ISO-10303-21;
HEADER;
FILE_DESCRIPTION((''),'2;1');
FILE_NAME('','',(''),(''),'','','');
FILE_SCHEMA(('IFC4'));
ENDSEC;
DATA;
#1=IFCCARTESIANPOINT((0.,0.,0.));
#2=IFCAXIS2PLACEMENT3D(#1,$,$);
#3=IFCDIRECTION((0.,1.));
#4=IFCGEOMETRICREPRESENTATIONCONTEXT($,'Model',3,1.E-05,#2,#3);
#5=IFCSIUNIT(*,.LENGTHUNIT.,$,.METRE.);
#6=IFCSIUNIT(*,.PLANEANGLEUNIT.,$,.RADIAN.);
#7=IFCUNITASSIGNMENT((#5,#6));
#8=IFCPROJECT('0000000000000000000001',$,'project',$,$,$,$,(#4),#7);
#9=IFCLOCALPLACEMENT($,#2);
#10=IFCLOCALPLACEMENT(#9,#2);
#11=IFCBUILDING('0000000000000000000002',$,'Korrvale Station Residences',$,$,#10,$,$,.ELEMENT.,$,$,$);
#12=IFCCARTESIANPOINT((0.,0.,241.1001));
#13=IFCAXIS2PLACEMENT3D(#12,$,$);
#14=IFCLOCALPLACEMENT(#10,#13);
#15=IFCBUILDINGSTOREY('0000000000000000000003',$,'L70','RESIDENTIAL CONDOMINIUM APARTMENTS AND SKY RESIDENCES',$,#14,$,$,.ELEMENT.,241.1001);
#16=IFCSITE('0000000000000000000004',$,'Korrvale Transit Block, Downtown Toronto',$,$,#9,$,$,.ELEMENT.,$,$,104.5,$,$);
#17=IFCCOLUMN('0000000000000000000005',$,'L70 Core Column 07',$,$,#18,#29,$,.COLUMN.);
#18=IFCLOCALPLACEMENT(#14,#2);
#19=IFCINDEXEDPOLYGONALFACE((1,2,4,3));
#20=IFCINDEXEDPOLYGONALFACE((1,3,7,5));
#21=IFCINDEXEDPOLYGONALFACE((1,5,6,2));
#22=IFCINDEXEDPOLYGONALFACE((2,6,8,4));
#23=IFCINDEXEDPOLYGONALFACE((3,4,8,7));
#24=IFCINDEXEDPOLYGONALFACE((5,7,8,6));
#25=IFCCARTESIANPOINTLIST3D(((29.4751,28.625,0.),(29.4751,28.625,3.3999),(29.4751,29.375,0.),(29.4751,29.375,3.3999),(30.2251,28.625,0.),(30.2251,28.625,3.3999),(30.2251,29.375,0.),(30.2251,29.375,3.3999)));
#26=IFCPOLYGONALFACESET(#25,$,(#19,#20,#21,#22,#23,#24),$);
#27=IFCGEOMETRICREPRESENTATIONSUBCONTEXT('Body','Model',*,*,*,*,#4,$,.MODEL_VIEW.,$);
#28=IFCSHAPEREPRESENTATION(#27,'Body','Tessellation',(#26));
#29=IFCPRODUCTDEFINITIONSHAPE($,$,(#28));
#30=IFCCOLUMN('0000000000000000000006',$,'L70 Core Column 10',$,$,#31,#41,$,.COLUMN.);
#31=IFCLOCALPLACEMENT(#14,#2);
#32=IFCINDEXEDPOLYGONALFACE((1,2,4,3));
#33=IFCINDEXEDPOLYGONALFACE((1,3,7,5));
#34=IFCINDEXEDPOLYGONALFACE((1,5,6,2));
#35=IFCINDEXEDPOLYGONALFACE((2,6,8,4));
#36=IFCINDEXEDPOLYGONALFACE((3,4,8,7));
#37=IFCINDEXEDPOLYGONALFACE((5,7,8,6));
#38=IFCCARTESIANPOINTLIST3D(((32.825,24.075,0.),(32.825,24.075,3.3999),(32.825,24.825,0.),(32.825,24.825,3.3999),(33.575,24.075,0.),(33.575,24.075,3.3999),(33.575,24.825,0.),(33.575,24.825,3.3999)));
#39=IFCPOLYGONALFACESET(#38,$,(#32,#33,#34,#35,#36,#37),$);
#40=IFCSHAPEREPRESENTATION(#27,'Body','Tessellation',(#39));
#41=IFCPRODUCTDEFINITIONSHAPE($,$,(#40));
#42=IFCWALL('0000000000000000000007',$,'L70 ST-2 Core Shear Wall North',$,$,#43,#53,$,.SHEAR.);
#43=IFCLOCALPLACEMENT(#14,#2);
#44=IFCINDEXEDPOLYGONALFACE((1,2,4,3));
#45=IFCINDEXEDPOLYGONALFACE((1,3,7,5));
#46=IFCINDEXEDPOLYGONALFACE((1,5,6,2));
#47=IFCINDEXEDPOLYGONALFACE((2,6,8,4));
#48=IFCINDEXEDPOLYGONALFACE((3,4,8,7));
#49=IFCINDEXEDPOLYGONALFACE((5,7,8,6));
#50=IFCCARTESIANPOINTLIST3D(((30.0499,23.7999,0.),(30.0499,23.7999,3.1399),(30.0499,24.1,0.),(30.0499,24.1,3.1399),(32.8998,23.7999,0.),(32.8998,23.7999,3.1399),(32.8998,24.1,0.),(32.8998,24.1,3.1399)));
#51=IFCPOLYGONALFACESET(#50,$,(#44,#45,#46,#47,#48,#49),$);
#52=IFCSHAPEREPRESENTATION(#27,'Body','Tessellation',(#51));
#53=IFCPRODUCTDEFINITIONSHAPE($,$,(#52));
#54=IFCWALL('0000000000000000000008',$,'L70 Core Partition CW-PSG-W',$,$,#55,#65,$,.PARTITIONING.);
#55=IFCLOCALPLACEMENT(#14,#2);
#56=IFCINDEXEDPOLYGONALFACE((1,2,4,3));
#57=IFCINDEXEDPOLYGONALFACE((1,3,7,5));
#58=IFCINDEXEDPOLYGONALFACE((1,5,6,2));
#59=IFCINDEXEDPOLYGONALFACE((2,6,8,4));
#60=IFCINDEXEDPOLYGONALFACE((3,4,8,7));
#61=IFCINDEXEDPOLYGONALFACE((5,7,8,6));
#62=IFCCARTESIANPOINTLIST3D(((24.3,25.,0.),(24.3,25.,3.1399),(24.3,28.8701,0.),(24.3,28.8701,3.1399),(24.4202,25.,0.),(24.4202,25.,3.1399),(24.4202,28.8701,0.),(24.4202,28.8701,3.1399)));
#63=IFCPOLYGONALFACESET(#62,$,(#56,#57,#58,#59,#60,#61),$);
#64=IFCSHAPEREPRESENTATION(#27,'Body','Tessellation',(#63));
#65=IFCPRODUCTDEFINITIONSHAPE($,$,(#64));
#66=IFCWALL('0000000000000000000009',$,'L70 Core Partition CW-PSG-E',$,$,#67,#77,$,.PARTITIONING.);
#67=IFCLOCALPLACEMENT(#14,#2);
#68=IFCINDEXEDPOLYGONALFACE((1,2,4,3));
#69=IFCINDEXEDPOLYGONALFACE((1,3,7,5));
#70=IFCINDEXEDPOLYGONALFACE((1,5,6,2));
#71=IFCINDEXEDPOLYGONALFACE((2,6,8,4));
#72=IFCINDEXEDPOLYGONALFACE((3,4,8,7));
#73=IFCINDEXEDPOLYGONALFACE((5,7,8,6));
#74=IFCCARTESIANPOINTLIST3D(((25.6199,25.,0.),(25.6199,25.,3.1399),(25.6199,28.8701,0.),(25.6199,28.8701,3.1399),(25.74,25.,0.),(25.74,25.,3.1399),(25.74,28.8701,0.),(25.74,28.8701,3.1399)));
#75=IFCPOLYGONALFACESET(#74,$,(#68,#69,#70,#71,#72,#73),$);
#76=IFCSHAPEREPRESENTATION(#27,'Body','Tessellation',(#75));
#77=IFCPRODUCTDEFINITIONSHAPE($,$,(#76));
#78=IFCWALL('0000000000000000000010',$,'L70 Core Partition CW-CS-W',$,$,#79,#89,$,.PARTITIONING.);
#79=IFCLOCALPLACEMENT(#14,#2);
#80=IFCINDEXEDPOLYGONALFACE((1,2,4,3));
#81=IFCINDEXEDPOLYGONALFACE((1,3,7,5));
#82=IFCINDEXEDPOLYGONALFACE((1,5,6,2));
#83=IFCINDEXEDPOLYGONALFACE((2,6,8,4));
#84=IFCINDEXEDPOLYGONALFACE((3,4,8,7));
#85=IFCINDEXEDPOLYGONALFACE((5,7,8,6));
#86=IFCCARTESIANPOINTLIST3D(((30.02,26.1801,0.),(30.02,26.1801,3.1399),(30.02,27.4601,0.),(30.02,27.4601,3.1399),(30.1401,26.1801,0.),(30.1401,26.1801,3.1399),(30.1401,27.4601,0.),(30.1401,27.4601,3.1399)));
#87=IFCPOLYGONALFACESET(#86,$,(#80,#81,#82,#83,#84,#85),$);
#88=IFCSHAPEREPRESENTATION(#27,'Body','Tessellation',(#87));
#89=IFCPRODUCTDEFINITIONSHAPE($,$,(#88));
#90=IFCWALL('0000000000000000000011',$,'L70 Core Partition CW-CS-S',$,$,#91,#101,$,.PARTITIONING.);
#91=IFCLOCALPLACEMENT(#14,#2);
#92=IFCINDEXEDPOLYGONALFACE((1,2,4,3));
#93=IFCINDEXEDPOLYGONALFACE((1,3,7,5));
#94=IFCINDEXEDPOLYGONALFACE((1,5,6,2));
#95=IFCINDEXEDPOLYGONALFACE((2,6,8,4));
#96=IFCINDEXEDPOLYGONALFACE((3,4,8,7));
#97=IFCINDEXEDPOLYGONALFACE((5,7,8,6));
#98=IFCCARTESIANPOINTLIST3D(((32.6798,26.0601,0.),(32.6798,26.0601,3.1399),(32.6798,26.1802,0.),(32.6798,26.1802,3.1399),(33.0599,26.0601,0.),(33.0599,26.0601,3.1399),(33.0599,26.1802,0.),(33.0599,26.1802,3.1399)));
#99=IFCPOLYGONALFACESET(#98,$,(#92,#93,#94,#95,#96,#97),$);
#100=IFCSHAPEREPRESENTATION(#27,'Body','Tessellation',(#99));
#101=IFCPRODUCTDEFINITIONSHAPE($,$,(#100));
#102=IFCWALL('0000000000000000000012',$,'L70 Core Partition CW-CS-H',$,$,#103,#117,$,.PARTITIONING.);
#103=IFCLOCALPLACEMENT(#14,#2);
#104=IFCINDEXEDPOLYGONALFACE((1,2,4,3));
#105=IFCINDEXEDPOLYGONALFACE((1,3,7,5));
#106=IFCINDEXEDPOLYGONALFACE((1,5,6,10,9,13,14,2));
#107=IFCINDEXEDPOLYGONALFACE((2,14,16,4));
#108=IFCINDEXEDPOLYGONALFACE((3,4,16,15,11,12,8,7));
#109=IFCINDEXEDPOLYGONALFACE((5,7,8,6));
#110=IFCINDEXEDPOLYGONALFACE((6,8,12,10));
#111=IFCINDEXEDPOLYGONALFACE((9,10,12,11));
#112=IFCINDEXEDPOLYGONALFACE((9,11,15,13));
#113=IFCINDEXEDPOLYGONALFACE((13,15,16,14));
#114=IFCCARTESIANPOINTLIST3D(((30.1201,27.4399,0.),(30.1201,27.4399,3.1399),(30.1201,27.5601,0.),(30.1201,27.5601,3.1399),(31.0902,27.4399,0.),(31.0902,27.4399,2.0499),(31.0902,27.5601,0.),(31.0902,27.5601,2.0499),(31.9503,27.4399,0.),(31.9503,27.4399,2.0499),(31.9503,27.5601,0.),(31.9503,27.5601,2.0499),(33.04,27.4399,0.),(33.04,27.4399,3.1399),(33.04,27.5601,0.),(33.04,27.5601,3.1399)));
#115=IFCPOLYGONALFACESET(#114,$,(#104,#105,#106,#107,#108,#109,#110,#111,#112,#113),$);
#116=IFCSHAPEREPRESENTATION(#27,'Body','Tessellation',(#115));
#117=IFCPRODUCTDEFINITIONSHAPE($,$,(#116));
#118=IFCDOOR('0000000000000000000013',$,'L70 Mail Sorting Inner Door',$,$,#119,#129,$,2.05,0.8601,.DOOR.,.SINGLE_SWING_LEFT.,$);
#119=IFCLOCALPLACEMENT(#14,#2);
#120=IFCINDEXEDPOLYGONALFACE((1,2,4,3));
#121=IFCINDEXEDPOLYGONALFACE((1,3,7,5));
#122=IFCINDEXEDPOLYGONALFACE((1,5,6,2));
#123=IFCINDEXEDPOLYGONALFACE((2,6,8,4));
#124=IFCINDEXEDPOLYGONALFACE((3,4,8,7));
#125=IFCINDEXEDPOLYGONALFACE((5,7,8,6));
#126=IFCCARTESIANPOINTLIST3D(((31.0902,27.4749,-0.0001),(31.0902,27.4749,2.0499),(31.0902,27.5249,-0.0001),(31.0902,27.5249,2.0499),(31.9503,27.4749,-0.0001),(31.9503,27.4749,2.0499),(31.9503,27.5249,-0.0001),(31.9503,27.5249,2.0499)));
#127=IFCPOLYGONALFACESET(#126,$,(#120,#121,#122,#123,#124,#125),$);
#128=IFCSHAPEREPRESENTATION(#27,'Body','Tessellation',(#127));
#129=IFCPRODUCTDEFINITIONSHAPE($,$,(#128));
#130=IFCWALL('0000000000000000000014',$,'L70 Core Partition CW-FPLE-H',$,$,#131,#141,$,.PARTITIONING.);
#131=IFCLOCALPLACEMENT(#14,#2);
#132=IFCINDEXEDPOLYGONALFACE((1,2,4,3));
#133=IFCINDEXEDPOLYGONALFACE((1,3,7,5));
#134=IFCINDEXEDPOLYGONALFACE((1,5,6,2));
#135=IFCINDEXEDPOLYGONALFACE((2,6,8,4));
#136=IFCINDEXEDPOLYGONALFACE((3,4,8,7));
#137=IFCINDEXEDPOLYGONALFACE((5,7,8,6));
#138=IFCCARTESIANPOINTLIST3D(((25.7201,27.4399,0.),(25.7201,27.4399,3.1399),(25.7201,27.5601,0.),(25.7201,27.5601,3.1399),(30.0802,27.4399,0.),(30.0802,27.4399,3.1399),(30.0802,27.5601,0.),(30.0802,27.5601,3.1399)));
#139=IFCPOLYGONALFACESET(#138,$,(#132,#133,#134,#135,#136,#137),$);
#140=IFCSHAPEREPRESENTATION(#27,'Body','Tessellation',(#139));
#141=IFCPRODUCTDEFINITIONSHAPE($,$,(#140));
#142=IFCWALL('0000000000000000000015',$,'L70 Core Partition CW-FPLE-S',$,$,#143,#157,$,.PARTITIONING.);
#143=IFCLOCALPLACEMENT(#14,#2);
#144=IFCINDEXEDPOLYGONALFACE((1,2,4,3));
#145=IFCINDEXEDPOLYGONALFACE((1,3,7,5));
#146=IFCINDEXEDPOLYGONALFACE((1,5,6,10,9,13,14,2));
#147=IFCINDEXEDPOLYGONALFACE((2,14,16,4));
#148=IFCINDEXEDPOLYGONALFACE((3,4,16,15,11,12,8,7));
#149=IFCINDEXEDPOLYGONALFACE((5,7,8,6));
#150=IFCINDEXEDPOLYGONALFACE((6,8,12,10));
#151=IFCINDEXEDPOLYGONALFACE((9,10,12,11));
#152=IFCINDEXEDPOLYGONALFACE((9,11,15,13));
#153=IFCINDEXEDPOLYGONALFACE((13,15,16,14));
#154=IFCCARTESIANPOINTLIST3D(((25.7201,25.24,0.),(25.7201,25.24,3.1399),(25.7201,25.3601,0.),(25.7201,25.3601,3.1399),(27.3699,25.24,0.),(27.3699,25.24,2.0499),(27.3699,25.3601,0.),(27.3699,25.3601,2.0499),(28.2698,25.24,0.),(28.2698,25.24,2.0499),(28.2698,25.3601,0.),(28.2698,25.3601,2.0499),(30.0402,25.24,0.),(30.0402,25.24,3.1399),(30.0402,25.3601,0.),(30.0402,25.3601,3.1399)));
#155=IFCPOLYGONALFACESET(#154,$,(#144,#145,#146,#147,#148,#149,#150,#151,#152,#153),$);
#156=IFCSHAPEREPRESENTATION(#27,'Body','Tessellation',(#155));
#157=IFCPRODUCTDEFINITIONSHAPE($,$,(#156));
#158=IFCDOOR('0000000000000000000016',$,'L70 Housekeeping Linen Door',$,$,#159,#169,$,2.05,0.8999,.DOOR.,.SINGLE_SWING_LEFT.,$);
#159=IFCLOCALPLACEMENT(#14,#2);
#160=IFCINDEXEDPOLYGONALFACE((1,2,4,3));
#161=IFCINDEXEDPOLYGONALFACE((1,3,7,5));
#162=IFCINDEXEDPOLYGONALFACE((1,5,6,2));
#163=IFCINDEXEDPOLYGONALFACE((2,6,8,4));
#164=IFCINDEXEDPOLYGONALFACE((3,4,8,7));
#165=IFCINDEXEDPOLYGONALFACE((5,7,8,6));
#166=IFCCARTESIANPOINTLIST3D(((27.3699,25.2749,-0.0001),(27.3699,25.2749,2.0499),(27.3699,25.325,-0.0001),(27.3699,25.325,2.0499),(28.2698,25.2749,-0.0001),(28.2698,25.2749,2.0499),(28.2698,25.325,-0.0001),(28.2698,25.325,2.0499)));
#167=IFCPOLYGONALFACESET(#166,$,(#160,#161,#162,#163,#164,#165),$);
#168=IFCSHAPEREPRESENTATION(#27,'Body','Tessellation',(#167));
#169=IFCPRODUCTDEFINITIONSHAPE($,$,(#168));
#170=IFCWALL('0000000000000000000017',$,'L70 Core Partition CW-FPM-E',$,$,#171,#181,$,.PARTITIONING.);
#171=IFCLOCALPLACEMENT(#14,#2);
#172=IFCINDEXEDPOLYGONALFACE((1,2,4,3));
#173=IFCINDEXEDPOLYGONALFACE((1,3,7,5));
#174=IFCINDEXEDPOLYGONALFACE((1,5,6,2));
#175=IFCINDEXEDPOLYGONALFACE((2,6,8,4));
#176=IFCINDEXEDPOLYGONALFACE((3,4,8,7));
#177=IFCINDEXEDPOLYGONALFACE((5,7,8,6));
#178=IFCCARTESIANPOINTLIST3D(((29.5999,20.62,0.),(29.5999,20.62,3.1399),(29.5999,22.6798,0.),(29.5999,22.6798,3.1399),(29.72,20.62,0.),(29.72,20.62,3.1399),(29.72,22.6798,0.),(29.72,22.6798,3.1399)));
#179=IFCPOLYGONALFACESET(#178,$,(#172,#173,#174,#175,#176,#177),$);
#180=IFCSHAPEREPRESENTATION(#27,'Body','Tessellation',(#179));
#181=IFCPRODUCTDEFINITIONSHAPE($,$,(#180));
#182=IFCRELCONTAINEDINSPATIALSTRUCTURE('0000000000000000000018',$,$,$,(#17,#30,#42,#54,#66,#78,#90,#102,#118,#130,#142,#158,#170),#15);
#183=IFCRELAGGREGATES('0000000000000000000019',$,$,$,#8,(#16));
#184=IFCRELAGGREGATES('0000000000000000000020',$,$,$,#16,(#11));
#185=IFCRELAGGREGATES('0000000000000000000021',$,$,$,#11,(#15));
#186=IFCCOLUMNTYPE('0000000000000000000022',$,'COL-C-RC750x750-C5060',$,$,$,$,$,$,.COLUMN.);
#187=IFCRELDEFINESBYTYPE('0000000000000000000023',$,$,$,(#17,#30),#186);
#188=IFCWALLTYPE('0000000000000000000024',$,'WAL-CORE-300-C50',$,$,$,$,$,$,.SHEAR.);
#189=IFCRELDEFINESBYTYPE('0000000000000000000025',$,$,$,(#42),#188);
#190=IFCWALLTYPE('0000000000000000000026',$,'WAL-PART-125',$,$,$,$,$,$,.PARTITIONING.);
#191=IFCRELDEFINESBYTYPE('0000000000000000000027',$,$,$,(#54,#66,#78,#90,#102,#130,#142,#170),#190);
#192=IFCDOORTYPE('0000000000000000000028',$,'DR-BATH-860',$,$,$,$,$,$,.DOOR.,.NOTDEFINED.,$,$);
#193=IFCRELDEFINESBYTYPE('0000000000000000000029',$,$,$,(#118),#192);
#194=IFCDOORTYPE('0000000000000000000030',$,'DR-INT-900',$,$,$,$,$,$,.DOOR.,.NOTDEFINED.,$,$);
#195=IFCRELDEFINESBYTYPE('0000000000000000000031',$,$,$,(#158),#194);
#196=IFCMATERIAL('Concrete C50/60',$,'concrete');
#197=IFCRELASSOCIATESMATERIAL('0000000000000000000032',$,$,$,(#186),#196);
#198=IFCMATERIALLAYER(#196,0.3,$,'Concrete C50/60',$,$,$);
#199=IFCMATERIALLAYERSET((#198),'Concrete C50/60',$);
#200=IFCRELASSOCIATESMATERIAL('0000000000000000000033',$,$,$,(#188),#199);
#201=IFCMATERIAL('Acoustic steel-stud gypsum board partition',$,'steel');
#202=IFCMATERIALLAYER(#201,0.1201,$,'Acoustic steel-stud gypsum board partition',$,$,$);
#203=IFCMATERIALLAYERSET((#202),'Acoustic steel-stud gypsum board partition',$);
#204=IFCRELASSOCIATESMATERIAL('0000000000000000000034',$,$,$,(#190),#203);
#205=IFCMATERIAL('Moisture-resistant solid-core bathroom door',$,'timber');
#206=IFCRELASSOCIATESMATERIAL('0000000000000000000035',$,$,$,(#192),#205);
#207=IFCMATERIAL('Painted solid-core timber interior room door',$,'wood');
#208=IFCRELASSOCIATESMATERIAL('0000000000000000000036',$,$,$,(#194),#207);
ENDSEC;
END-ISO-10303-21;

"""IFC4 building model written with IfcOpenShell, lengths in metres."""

from ifc_helpers import new_model, si_unit, direction, frame, frame_2d, origin, origin_2d, place, context, subcontext, project, spatial, rectangle, extrude, material, layer, layer_set, material_profile, profile_set, type_object, element, fill, save


model = new_model("IFC4")

# Units and contexts
model_context = context("Model", 3, precision=1e-05, world=origin(), true_north=direction((0.0, 1.0)))
body_context = subcontext(model_context, "Body", "Model", "MODEL_VIEW")
ifc_project = project(units=[si_unit("LENGTHUNIT", "METRE"), si_unit("PLANEANGLEUNIT", "RADIAN")], contexts=[model_context])

# Site, building, storey
site_placement = place(None, origin())
site = spatial("IfcSite", under=ifc_project, at=site_placement, Name="Korrvale Transit Block, Downtown Toronto", CompositionType="ELEMENT", RefElevation=104.5)
building_placement = place(site_placement, origin())
building = spatial("IfcBuilding", under=site, at=building_placement, Name="Korrvale Station Residences", CompositionType="ELEMENT")
storey_placement = place(building_placement, frame((0.0, 0.0, 241.1001)))
storey = spatial("IfcBuildingStorey", under=building, at=storey_placement, Name="L70", Description="RESIDENTIAL CONDOMINIUM APARTMENTS AND SKY RESIDENCES", CompositionType="ELEMENT", Elevation=241.1001)

# Columns
ifc_material_1 = material(Name="Concrete C50/60", Category="concrete")
ifc_material_profile = material_profile(ifc_material_1, rectangle(XDim=0.75, YDim=0.75, at=origin_2d()), Name="RC750x750")
ifc_profile_set = profile_set([ifc_material_profile], Name="Concrete C50/60")
column_type = type_object("IfcColumnType", Name="COL-C-RC750x750-C5060", PredefinedType="COLUMN", material=ifc_profile_set)
for number, where, z_axis, x_axis, name in (
    (1, (29.8501, 29.0, 0.0), (0.0, 0.0, 1.0), (1.0, 0.0, 0.0), "L70 Core Column 07"),
    (2, (33.2, 24.45, 0.0), (0.0, 0.0, 1.0), (1.0, 0.0, 0.0), "L70 Core Column 10"),
):
    element("IfcColumn", number, at=place(storey_placement, frame(where, z_axis=z_axis, x_axis=x_axis)), inside=storey, type_object=column_type, Name=name, PredefinedType="COLUMN", context=body_context, shape_type="SweptSolid", body=[
        extrude(rectangle(XDim=0.75, YDim=0.75, at=origin_2d()), origin(), (0.0, 0.0, 1.0), 3.3999),
    ])

# Walls
ifc_layer_1 = layer(ifc_material_1, 0.3, Name="Concrete C50/60")
ifc_layer_set_1 = layer_set([ifc_layer_1], Name="Concrete C50/60")
wall_type_1 = type_object("IfcWallType", Name="WAL-CORE-300-C50", PredefinedType="SHEAR", material=ifc_layer_set_1)
wall_1_placement = place(storey_placement, frame((30.05, 23.95, 0.0), z_axis=(0.0, 0.0, 1.0), x_axis=(1.0, 0.0, 0.0)))
element("IfcWall", 3, at=wall_1_placement, inside=storey, type_object=wall_type_1, Name="L70 ST-2 Core Shear Wall North", PredefinedType="SHEAR", context=body_context, shape_type="SweptSolid", body=[
    extrude(rectangle(XDim=2.8499, YDim=0.3, at=frame_2d((1.4248, 0.0))), origin(), (0.0, 0.0, 1.0), 3.1399),
])
ifc_material_2 = material(Name="Acoustic steel-stud gypsum board partition", Category="steel")
ifc_layer_2 = layer(ifc_material_2, 0.1201, Name="Acoustic steel-stud gypsum board partition")
ifc_layer_set_2 = layer_set([ifc_layer_2], Name="Acoustic steel-stud gypsum board partition")
wall_type_2 = type_object("IfcWallType", Name="WAL-PART-125", PredefinedType="PARTITIONING", material=ifc_layer_set_2)
for number, where, z_axis, x_axis, name in (
    (4, (24.3601, 25.0, 0.0), (0.0, 0.0, 1.0), (0.0, 1.0, 0.0), "L70 Core Partition CW-PSG-W"),
    (5, (25.6799, 25.0, 0.0), (0.0, 0.0, 1.0), (0.0, 1.0, 0.0), "L70 Core Partition CW-PSG-E"),
):
    element("IfcWall", number, at=place(storey_placement, frame(where, z_axis=z_axis, x_axis=x_axis)), inside=storey, type_object=wall_type_2, Name=name, PredefinedType="PARTITIONING", context=body_context, shape_type="SweptSolid", body=[
        extrude(rectangle(XDim=3.8701, YDim=0.1201, at=frame_2d((1.9351, 0.0))), origin(), (0.0, 0.0, 1.0), 3.1399),
    ])
wall_2_placement = place(storey_placement, frame((30.0801, 26.1799, 0.0), z_axis=(0.0, 0.0, 1.0), x_axis=(0.0, 1.0, 0.0)))
element("IfcWall", 6, at=wall_2_placement, inside=storey, type_object=wall_type_2, Name="L70 Core Partition CW-CS-W", PredefinedType="PARTITIONING", context=body_context, shape_type="SweptSolid", body=[
    extrude(rectangle(XDim=1.28, YDim=0.1201, at=frame_2d((0.6401, 0.0))), origin(), (0.0, 0.0, 1.0), 3.1399),
])
wall_3_placement = place(storey_placement, frame((32.6799, 26.1201, 0.0), z_axis=(0.0, 0.0, 1.0), x_axis=(1.0, 0.0, 0.0)))
element("IfcWall", 7, at=wall_3_placement, inside=storey, type_object=wall_type_2, Name="L70 Core Partition CW-CS-S", PredefinedType="PARTITIONING", context=body_context, shape_type="SweptSolid", body=[
    extrude(rectangle(XDim=0.3801, YDim=0.1201, at=frame_2d((0.1899, 0.0))), origin(), (0.0, 0.0, 1.0), 3.1399),
])

# Wall, opening, door
wall_4_placement = place(storey_placement, frame((30.1201, 27.5, 0.0), z_axis=(0.0, 0.0, 1.0), x_axis=(1.0, 0.0, 0.0)))
wall_4 = element("IfcWall", 8, at=wall_4_placement, inside=storey, type_object=wall_type_2, Name="L70 Core Partition CW-CS-H", PredefinedType="PARTITIONING", context=body_context, shape_type="SweptSolid", body=[
    extrude(rectangle(XDim=2.9199, YDim=0.1201, at=frame_2d((1.46, 0.0))), origin(), (0.0, 0.0, 1.0), 3.1399),
])
opening_1_placement = place(wall_4_placement, frame((0.97, 0.0, 0.0)))
opening_1 = element("IfcOpeningElement", 9, at=opening_1_placement, cuts=wall_4, PredefinedType="OPENING", context=body_context, shape_type="SweptSolid", body=[
    extrude(rectangle(XDim=0.8601, YDim=2.05, at=frame_2d((0.4302, 1.0249))), frame((0.0, 0.0701, 0.0), z_axis=(0.0, -1.0, 0.0), x_axis=(1.0, 0.0, 0.0)), (0.0, 0.0, 1.0), 0.1401),
])
ifc_material_3 = material(Name="Moisture-resistant solid-core bathroom door", Category="timber")
door_type_1 = type_object("IfcDoorType", Name="DR-BATH-860", OperationType="NOTDEFINED", PredefinedType="DOOR", material=ifc_material_3)
door_1_placement = place(opening_1_placement, origin())
door_1 = element("IfcDoor", 10, at=door_1_placement, inside=storey, type_object=door_type_1, Name="L70 Mail Sorting Inner Door", OperationType="SINGLE_SWING_LEFT", OverallHeight=2.05, OverallWidth=0.8601, PredefinedType="DOOR", context=body_context, shape_type="SweptSolid", body=[
    extrude(rectangle(XDim=0.8601, YDim=2.05, at=frame_2d((0.4302, 1.0249))), frame((0.0, 0.0249, 0.0), z_axis=(0.0, -1.0, 0.0), x_axis=(1.0, 0.0, 0.0)), (0.0, 0.0, 1.0), 0.05),
])
fill(opening_1, door_1)

# Wall
wall_5_placement = place(storey_placement, frame((25.72, 27.5, 0.0), z_axis=(0.0, 0.0, 1.0), x_axis=(1.0, 0.0, 0.0)))
element("IfcWall", 11, at=wall_5_placement, inside=storey, type_object=wall_type_2, Name="L70 Core Partition CW-FPLE-H", PredefinedType="PARTITIONING", context=body_context, shape_type="SweptSolid", body=[
    extrude(rectangle(XDim=4.3601, YDim=0.1201, at=frame_2d((2.1802, 0.0))), origin(), (0.0, 0.0, 1.0), 3.1399),
])

# Wall, opening, door
wall_6_placement = place(storey_placement, frame((25.72, 25.3, 0.0), z_axis=(0.0, 0.0, 1.0), x_axis=(1.0, 0.0, 0.0)))
wall_6 = element("IfcWall", 12, at=wall_6_placement, inside=storey, type_object=wall_type_2, Name="L70 Core Partition CW-FPLE-S", PredefinedType="PARTITIONING", context=body_context, shape_type="SweptSolid", body=[
    extrude(rectangle(XDim=4.3201, YDim=0.1201, at=frame_2d((2.1602, 0.0))), origin(), (0.0, 0.0, 1.0), 3.1399),
])
opening_2_placement = place(wall_6_placement, frame((1.6499, 0.0, 0.0)))
opening_2 = element("IfcOpeningElement", 13, at=opening_2_placement, cuts=wall_6, PredefinedType="OPENING", context=body_context, shape_type="SweptSolid", body=[
    extrude(rectangle(XDim=0.8999, YDim=2.05, at=frame_2d((0.45, 1.0249))), frame((0.0, 0.0701, 0.0), z_axis=(0.0, -1.0, 0.0), x_axis=(1.0, 0.0, 0.0)), (0.0, 0.0, 1.0), 0.1401),
])
ifc_material_4 = material(Name="Painted solid-core timber interior room door", Category="wood")
door_type_2 = type_object("IfcDoorType", Name="DR-INT-900", OperationType="NOTDEFINED", PredefinedType="DOOR", material=ifc_material_4)
door_2_placement = place(opening_2_placement, origin())
door_2 = element("IfcDoor", 14, at=door_2_placement, inside=storey, type_object=door_type_2, Name="L70 Housekeeping Linen Door", OperationType="SINGLE_SWING_LEFT", OverallHeight=2.05, OverallWidth=0.8999, PredefinedType="DOOR", context=body_context, shape_type="SweptSolid", body=[
    extrude(rectangle(XDim=0.8999, YDim=2.05, at=frame_2d((0.45, 1.0249))), frame((0.0, 0.0249, 0.0), z_axis=(0.0, -1.0, 0.0), x_axis=(1.0, 0.0, 0.0)), (0.0, 0.0, 1.0), 0.05),
])
fill(opening_2, door_2)

# Wall
wall_7_placement = place(storey_placement, frame((29.6599, 20.6201, 0.0), z_axis=(0.0, 0.0, 1.0), x_axis=(0.0, 1.0, 0.0)))
element("IfcWall", 15, at=wall_7_placement, inside=storey, type_object=wall_type_2, Name="L70 Core Partition CW-FPM-E", PredefinedType="PARTITIONING", context=body_context, shape_type="SweptSolid", body=[
    extrude(rectangle(XDim=2.0598, YDim=0.1201, at=frame_2d((1.0298, 0.0))), origin(), (0.0, 0.0, 1.0), 3.1399),
])

save(model, "model.ifc")
